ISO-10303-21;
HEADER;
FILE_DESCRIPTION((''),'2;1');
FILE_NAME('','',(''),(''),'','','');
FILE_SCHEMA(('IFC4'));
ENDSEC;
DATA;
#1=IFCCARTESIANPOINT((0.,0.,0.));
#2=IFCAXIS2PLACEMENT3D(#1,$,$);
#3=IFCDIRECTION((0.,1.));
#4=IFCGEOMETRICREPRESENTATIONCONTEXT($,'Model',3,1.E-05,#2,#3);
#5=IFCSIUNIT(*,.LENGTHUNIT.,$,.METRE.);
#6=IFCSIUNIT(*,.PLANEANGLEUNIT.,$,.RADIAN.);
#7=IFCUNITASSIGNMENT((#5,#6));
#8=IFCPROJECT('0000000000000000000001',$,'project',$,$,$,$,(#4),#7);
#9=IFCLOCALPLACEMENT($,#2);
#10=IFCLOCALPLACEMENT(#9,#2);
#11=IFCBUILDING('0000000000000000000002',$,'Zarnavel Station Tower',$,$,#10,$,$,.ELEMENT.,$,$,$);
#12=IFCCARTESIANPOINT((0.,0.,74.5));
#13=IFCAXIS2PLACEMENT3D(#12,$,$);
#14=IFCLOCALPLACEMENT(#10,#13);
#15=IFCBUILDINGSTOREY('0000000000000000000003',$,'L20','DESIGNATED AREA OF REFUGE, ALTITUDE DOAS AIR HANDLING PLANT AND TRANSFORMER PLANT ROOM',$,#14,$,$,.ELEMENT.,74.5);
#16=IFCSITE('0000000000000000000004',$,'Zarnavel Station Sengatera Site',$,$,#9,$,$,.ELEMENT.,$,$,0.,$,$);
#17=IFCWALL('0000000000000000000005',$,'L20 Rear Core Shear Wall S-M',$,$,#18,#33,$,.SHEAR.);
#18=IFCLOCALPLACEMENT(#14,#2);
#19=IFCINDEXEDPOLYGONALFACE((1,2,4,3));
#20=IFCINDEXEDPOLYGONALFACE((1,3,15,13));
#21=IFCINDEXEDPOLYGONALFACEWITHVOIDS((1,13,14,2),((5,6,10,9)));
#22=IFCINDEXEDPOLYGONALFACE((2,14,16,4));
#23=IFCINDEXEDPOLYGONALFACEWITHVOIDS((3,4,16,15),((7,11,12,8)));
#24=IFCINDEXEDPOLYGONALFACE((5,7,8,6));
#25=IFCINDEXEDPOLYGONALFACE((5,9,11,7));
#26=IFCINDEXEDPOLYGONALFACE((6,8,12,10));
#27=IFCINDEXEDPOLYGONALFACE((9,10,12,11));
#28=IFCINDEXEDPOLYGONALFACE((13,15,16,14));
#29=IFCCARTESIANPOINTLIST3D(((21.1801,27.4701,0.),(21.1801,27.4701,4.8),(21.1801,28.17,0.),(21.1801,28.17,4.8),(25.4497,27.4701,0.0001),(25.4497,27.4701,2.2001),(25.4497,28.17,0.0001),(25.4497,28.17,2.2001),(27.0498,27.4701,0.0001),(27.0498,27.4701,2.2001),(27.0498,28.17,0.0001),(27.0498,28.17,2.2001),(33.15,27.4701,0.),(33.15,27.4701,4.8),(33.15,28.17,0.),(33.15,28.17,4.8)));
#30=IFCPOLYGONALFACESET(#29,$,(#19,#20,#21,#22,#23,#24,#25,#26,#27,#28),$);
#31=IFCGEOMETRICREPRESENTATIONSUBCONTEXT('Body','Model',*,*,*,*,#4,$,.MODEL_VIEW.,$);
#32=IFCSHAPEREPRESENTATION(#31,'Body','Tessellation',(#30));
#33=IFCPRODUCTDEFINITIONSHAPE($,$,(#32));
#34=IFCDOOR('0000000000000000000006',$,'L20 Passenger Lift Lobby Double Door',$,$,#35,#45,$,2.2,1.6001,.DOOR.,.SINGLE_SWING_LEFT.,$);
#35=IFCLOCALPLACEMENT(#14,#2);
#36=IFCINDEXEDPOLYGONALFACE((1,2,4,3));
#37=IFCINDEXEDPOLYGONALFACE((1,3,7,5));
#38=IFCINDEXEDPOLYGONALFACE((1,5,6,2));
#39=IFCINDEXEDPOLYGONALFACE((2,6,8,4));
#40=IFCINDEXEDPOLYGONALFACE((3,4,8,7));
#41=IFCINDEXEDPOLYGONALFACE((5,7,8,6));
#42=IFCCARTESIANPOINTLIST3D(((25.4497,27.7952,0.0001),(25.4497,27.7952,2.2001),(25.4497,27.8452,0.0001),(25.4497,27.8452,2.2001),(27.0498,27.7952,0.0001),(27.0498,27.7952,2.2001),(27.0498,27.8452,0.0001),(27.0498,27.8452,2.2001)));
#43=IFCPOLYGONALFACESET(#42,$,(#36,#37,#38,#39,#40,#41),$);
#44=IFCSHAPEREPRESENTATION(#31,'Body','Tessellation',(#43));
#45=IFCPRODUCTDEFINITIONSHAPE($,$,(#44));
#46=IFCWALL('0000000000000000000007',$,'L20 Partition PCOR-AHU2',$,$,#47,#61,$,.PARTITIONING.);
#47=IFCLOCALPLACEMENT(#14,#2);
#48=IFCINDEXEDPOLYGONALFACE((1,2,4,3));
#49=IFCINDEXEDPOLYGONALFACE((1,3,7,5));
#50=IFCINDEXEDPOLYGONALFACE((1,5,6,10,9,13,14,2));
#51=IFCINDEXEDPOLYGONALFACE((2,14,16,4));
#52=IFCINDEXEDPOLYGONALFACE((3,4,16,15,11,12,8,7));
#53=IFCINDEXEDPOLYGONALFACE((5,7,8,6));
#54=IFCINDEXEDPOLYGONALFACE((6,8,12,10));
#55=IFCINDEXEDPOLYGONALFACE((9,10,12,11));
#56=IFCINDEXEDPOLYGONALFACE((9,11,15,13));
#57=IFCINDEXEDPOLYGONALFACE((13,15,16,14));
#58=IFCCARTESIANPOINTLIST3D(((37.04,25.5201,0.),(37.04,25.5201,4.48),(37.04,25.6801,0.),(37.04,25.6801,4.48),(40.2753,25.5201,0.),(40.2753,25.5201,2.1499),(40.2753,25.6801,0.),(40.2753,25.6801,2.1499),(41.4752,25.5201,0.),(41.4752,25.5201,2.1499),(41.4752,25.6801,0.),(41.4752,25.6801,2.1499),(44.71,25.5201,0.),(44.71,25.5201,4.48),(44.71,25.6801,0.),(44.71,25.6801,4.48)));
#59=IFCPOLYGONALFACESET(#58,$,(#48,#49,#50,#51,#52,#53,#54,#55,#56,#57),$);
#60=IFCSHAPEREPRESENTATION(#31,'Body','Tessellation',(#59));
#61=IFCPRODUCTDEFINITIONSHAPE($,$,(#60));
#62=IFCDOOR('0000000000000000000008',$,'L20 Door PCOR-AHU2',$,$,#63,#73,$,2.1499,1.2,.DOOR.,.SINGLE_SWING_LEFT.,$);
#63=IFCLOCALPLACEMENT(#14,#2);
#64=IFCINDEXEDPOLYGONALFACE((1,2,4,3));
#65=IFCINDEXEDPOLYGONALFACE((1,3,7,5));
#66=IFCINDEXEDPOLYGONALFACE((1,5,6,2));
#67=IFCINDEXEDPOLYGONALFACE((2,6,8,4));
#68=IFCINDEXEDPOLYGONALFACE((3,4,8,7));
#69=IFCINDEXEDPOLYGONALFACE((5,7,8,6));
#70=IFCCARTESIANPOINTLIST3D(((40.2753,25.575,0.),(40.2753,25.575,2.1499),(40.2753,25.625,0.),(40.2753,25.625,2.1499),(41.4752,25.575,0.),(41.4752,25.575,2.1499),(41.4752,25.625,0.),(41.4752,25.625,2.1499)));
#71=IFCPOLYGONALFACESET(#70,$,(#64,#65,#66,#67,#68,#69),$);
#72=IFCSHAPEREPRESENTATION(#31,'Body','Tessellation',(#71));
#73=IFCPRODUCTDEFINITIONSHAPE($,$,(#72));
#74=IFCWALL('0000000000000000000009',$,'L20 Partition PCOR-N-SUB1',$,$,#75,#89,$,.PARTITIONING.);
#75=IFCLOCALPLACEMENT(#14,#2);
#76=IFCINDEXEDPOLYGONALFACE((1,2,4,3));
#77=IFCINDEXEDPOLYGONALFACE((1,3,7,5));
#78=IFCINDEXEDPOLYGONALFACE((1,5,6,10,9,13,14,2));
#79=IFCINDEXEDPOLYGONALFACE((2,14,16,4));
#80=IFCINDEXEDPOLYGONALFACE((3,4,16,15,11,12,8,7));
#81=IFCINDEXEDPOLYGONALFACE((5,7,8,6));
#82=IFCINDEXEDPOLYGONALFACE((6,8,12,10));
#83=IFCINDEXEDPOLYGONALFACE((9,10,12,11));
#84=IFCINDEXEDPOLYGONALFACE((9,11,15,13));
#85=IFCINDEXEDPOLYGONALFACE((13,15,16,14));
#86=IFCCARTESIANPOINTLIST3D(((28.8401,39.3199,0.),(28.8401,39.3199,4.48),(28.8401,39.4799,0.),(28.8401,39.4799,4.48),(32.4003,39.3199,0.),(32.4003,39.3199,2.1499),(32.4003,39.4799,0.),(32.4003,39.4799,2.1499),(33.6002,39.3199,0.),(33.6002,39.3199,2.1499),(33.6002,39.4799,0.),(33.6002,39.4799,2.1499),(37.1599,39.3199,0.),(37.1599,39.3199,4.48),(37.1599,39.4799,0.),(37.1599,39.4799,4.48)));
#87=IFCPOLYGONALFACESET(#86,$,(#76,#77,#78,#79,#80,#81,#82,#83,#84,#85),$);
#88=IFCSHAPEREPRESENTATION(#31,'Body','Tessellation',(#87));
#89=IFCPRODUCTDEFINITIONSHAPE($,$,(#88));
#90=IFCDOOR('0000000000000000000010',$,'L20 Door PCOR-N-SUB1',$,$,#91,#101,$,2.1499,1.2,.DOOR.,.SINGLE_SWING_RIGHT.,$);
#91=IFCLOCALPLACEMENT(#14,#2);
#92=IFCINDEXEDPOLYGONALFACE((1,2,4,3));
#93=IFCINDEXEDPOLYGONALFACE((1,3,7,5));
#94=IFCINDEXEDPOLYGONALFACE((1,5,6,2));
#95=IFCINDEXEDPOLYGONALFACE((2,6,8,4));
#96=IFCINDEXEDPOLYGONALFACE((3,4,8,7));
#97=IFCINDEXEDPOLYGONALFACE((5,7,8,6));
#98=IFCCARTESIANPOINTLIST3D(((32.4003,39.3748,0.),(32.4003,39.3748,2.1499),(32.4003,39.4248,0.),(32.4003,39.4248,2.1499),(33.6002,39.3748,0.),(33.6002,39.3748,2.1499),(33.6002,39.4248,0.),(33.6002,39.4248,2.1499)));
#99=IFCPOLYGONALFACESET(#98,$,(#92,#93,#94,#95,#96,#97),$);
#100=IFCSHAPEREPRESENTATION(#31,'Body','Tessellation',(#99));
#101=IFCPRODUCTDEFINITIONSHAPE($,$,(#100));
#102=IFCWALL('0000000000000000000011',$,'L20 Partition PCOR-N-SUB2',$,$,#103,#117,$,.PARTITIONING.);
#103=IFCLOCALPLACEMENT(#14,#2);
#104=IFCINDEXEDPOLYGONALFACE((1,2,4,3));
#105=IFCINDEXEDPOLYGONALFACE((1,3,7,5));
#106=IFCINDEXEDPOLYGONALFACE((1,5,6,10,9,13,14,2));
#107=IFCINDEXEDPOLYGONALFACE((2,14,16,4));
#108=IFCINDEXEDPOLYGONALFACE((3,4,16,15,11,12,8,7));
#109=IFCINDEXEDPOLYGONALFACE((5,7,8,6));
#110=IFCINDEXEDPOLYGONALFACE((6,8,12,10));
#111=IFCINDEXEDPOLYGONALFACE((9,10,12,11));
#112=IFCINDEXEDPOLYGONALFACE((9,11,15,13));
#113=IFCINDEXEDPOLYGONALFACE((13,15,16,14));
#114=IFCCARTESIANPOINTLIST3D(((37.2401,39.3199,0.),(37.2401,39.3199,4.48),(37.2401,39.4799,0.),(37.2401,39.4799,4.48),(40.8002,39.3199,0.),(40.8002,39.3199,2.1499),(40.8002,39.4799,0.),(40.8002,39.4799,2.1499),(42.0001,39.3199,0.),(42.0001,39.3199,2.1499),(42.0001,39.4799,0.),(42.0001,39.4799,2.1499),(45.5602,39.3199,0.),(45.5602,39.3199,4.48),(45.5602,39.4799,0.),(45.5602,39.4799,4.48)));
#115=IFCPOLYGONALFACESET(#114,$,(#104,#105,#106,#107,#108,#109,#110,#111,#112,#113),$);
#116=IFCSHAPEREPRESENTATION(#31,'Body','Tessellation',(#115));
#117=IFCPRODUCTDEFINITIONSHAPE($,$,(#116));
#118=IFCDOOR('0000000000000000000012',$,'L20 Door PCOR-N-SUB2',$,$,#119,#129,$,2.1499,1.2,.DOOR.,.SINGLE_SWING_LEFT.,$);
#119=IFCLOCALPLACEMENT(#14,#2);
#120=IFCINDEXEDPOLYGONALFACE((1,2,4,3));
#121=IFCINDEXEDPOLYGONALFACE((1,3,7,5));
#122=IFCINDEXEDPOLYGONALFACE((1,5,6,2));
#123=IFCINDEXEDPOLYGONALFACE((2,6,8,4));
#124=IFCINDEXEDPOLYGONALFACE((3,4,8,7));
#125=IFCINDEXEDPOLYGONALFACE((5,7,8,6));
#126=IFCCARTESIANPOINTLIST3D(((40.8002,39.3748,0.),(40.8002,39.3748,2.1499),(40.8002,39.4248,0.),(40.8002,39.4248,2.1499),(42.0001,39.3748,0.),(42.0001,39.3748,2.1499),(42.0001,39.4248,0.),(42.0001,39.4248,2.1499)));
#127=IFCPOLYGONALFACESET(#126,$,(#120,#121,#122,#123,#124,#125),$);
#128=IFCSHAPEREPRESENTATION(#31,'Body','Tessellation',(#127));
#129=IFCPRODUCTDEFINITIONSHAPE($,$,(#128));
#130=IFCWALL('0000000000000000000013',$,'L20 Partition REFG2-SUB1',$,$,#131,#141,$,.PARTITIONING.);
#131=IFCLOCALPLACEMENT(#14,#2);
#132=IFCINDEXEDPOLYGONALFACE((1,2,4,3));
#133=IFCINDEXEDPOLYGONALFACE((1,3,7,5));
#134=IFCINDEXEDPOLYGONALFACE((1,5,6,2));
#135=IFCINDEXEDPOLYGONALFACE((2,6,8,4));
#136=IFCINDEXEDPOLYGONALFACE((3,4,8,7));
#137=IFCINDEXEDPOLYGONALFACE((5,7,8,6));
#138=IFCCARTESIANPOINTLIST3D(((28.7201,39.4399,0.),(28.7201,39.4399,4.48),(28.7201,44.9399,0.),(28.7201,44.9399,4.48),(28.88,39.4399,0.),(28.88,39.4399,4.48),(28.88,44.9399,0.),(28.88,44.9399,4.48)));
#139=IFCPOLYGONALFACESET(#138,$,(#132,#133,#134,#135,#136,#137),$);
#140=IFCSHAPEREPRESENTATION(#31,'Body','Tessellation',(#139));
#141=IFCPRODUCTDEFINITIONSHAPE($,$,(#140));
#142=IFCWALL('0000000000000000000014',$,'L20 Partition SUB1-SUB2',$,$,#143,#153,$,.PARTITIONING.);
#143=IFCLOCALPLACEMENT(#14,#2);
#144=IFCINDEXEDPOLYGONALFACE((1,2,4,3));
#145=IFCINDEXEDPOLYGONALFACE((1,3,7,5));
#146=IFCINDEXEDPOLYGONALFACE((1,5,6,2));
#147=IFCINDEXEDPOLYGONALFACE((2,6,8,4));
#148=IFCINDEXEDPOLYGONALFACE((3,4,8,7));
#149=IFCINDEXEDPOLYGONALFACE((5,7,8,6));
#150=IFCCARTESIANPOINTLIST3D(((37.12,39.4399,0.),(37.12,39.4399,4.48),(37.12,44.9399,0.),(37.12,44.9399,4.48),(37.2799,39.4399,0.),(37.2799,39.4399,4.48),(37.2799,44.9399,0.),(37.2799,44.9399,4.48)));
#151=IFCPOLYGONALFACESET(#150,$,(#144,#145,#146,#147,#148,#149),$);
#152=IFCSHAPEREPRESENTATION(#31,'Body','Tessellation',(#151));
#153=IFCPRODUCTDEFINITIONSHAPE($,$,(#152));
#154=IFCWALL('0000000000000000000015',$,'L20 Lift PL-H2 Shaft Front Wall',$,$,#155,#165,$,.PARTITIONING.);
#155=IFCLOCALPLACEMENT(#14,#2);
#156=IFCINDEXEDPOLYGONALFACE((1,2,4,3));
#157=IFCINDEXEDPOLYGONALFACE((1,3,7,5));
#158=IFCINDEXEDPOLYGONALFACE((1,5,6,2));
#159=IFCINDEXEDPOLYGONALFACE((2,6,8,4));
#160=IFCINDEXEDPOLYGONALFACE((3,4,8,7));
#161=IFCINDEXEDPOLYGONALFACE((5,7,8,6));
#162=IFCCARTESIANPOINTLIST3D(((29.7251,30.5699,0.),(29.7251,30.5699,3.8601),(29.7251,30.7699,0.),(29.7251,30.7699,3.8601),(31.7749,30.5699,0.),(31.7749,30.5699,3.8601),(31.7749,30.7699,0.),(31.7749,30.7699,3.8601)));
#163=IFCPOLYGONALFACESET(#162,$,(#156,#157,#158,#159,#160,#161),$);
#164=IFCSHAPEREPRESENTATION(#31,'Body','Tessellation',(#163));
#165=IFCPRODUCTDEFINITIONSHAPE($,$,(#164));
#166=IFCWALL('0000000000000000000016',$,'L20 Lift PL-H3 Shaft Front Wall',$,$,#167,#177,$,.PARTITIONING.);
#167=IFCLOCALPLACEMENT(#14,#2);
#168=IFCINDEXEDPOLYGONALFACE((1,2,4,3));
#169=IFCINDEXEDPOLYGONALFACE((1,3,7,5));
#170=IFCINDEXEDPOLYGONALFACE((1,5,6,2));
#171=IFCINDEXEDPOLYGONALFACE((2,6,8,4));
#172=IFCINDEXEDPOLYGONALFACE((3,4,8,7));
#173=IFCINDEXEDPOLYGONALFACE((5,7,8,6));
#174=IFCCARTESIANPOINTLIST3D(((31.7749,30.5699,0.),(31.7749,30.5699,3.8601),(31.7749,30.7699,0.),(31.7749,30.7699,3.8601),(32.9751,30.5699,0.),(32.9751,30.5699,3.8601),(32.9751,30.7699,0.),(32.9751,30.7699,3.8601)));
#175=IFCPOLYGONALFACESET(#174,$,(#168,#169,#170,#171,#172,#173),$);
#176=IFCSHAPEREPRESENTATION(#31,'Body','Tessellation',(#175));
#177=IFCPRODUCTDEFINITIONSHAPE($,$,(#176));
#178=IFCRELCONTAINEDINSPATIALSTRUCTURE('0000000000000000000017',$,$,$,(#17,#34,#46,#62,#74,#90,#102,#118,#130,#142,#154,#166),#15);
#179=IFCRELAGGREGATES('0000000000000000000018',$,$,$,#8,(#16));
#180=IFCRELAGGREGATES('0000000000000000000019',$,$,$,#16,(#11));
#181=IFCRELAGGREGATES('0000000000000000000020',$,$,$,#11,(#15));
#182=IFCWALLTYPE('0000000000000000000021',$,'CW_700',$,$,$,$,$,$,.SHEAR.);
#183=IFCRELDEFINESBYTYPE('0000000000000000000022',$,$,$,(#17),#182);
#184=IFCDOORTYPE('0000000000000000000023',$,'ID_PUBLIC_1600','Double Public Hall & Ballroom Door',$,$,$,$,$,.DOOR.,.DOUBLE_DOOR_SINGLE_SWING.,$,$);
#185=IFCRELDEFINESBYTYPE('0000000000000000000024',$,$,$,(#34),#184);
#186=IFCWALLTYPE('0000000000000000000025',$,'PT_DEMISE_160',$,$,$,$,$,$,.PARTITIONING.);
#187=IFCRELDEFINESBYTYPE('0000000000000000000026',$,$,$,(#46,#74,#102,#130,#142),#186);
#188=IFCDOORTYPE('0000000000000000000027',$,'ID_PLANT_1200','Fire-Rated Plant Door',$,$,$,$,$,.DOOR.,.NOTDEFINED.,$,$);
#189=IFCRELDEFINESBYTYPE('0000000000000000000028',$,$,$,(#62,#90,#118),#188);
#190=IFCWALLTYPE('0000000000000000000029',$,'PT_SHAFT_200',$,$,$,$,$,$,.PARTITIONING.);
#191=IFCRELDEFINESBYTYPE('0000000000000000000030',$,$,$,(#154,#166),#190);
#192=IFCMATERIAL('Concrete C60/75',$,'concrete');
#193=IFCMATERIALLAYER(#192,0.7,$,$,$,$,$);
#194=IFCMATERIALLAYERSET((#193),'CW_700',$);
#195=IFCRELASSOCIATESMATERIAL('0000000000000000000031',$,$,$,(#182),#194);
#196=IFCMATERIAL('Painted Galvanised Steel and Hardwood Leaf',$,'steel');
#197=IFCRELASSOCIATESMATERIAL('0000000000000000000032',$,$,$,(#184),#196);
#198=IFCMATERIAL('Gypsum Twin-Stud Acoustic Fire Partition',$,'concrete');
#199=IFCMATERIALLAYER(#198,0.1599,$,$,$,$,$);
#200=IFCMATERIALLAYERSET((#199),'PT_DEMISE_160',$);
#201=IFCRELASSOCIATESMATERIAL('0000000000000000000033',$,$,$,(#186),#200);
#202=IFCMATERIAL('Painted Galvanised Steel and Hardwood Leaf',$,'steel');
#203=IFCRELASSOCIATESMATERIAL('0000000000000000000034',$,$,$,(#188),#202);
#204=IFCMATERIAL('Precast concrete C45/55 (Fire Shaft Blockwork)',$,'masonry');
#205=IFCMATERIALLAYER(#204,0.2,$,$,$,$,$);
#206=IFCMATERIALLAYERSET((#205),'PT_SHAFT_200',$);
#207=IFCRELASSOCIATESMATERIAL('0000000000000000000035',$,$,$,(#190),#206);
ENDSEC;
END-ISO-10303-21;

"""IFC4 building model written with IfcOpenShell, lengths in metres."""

from ifc_helpers import new_model, si_unit, direction, frame, frame_2d, origin, place, context, subcontext, project, spatial, rectangle, extrude, material, layer, layer_set, type_object, element, fill, save


model = new_model("IFC4")

# Units and contexts
model_context = context("Model", 3, precision=1e-05, world=origin(), true_north=direction((0.0, 1.0)))
body_context = subcontext(model_context, "Body", "Model", "MODEL_VIEW")
ifc_project = project(units=[si_unit("LENGTHUNIT", "METRE"), si_unit("PLANEANGLEUNIT", "RADIAN")], contexts=[model_context])

# Site, building, storey
site_placement = place(None, origin())
site = spatial("IfcSite", under=ifc_project, at=site_placement, Name="Zarnavel Station Sengatera Site", CompositionType="ELEMENT", RefElevation=0.0)
building_placement = place(site_placement, origin())
building = spatial("IfcBuilding", under=site, at=building_placement, Name="Zarnavel Station Tower", CompositionType="ELEMENT")
storey_placement = place(building_placement, frame((0.0, 0.0, 74.5)))
storey = spatial("IfcBuildingStorey", under=building, at=storey_placement, Name="L20", Description="DESIGNATED AREA OF REFUGE, ALTITUDE DOAS AIR HANDLING PLANT AND TRANSFORMER PLANT ROOM", CompositionType="ELEMENT", Elevation=74.5)

# Walls, openings, doors
ifc_material_1 = material(Name="Concrete C60/75", Category="concrete")
ifc_layer_1 = layer(ifc_material_1, 0.7)
ifc_layer_set_1 = layer_set([ifc_layer_1], Name="CW_700")
wall_type_1 = type_object("IfcWallType", Name="CW_700", PredefinedType="SHEAR", material=ifc_layer_set_1)
wall_1_placement = place(storey_placement, frame((33.1499, 27.8201, 0.0), z_axis=(0.0, 0.0, 1.0), x_axis=(-1.0, 0.0, 0.0)))
wall_1 = element("IfcWall", 1, at=wall_1_placement, inside=storey, type_object=wall_type_1, Name="L20 Rear Core Shear Wall S-M", PredefinedType="SHEAR", context=body_context, shape_type="SweptSolid", body=[
    extrude(rectangle(XDim=11.97, YDim=0.7, at=frame_2d((5.9849, 0.0))), origin(), (0.0, 0.0, 1.0), 4.8),
])
opening_1_placement = place(wall_1_placement, frame((6.1001, 0.0, 0.0)))
opening_1 = element("IfcOpeningElement", 2, at=opening_1_placement, cuts=wall_1, PredefinedType="OPENING", context=body_context, shape_type="SweptSolid", body=[
    extrude(rectangle(XDim=1.6001, YDim=2.2, at=frame_2d((0.8, 1.1001))), frame((0.0, 0.3599, 0.0), z_axis=(0.0, -1.0, 0.0), x_axis=(1.0, 0.0, 0.0)), (0.0, 0.0, 1.0), 0.72),
])
ifc_material_2 = material(Name="Painted Galvanised Steel and Hardwood Leaf", Category="steel")
door_type_1 = type_object("IfcDoorType", Name="ID_PUBLIC_1600", Description="Double Public Hall & Ballroom Door", OperationType="DOUBLE_DOOR_SINGLE_SWING", PredefinedType="DOOR", material=ifc_material_2)
door_1_placement = place(opening_1_placement, origin())
door_1 = element("IfcDoor", 3, at=door_1_placement, inside=storey, type_object=door_type_1, Name="L20 Passenger Lift Lobby Double Door", OperationType="SINGLE_SWING_LEFT", OverallHeight=2.2, OverallWidth=1.6001, PredefinedType="DOOR", context=body_context, shape_type="SweptSolid", body=[
    extrude(rectangle(XDim=1.6001, YDim=2.2, at=frame_2d((0.8, 1.1001))), frame((0.0, 0.0249, 0.0), z_axis=(0.0, -1.0, 0.0), x_axis=(1.0, 0.0, 0.0)), (0.0, 0.0, 1.0), 0.05),
])
fill(opening_1, door_1)
ifc_material_3 = material(Name="Gypsum Twin-Stud Acoustic Fire Partition", Category="concrete")
ifc_layer_2 = layer(ifc_material_3, 0.1599)
ifc_layer_set_2 = layer_set([ifc_layer_2], Name="PT_DEMISE_160")
wall_type_2 = type_object("IfcWallType", Name="PT_DEMISE_160", PredefinedType="PARTITIONING", material=ifc_layer_set_2)
wall_2_placement = place(storey_placement, frame((37.04, 25.6001, 0.0), z_axis=(0.0, 0.0, 1.0), x_axis=(1.0, 0.0, 0.0)))
wall_2 = element("IfcWall", 4, at=wall_2_placement, inside=storey, type_object=wall_type_2, Name="L20 Partition PCOR-AHU2", PredefinedType="PARTITIONING", context=body_context, shape_type="SweptSolid", body=[
    extrude(rectangle(XDim=7.6699, YDim=0.1599, at=frame_2d((3.835, 0.0))), origin(), (0.0, 0.0, 1.0), 4.48),
])
opening_2_placement = place(wall_2_placement, frame((3.2351, 0.0, 0.0)))
opening_2 = element("IfcOpeningElement", 5, at=opening_2_placement, cuts=wall_2, PredefinedType="OPENING", context=body_context, shape_type="SweptSolid", body=[
    extrude(rectangle(XDim=1.2, YDim=2.1499, at=frame_2d((0.6001, 1.075))), frame((0.0, 0.0898, 0.0), z_axis=(0.0, -1.0, 0.0), x_axis=(1.0, 0.0, 0.0)), (0.0, 0.0, 1.0), 0.1799),
])
ifc_material_4 = material(Name="Painted Galvanised Steel and Hardwood Leaf", Category="steel")
door_type_2 = type_object("IfcDoorType", Name="ID_PLANT_1200", Description="Fire-Rated Plant Door", OperationType="NOTDEFINED", PredefinedType="DOOR", material=ifc_material_4)
door_2_placement = place(opening_2_placement, origin())
door_2 = element("IfcDoor", 6, at=door_2_placement, inside=storey, type_object=door_type_2, Name="L20 Door PCOR-AHU2", OperationType="SINGLE_SWING_LEFT", OverallHeight=2.1499, OverallWidth=1.2, PredefinedType="DOOR", context=body_context, shape_type="SweptSolid", body=[
    extrude(rectangle(XDim=1.2, YDim=2.1499, at=frame_2d((0.6001, 1.075))), frame((0.0, 0.0249, 0.0), z_axis=(0.0, -1.0, 0.0), x_axis=(1.0, 0.0, 0.0)), (0.0, 0.0, 1.0), 0.05),
])
fill(opening_2, door_2)
wall_3_placement = place(storey_placement, frame((28.8401, 39.3999, 0.0), z_axis=(0.0, 0.0, 1.0), x_axis=(1.0, 0.0, 0.0)))
wall_3 = element("IfcWall", 7, at=wall_3_placement, inside=storey, type_object=wall_type_2, Name="L20 Partition PCOR-N-SUB1", PredefinedType="PARTITIONING", context=body_context, shape_type="SweptSolid", body=[
    extrude(rectangle(XDim=8.3198, YDim=0.1599, at=frame_2d((4.1599, 0.0))), origin(), (0.0, 0.0, 1.0), 4.48),
])
opening_3_placement = place(wall_3_placement, frame((3.5601, 0.0, 0.0)))
opening_3 = element("IfcOpeningElement", 8, at=opening_3_placement, cuts=wall_3, PredefinedType="OPENING", context=body_context, shape_type="SweptSolid", body=[
    extrude(rectangle(XDim=1.2, YDim=2.1499, at=frame_2d((0.6001, 1.075))), frame((0.0, 0.0898, 0.0), z_axis=(0.0, -1.0, 0.0), x_axis=(1.0, 0.0, 0.0)), (0.0, 0.0, 1.0), 0.1799),
])
door_3_placement = place(opening_3_placement, origin())
door_3 = element("IfcDoor", 9, at=door_3_placement, inside=storey, type_object=door_type_2, Name="L20 Door PCOR-N-SUB1", OperationType="SINGLE_SWING_RIGHT", OverallHeight=2.1499, OverallWidth=1.2, PredefinedType="DOOR", context=body_context, shape_type="SweptSolid", body=[
    extrude(rectangle(XDim=1.2, YDim=2.1499, at=frame_2d((0.6001, 1.075))), frame((0.0, 0.0249, 0.0), z_axis=(0.0, -1.0, 0.0), x_axis=(1.0, 0.0, 0.0)), (0.0, 0.0, 1.0), 0.05),
])
fill(opening_3, door_3)
wall_4_placement = place(storey_placement, frame((37.24, 39.3999, 0.0), z_axis=(0.0, 0.0, 1.0), x_axis=(1.0, 0.0, 0.0)))
wall_4 = element("IfcWall", 10, at=wall_4_placement, inside=storey, type_object=wall_type_2, Name="L20 Partition PCOR-N-SUB2", PredefinedType="PARTITIONING", context=body_context, shape_type="SweptSolid", body=[
    extrude(rectangle(XDim=8.3201, YDim=0.1599, at=frame_2d((4.1602, 0.0))), origin(), (0.0, 0.0, 1.0), 4.48),
])
opening_4_placement = place(wall_4_placement, frame((3.5601, 0.0, 0.0)))
opening_4 = element("IfcOpeningElement", 11, at=opening_4_placement, cuts=wall_4, PredefinedType="OPENING", context=body_context, shape_type="SweptSolid", body=[
    extrude(rectangle(XDim=1.2, YDim=2.1499, at=frame_2d((0.6001, 1.075))), frame((0.0, 0.0898, 0.0), z_axis=(0.0, -1.0, 0.0), x_axis=(1.0, 0.0, 0.0)), (0.0, 0.0, 1.0), 0.1799),
])
door_4_placement = place(opening_4_placement, origin())
door_4 = element("IfcDoor", 12, at=door_4_placement, inside=storey, type_object=door_type_2, Name="L20 Door PCOR-N-SUB2", OperationType="SINGLE_SWING_LEFT", OverallHeight=2.1499, OverallWidth=1.2, PredefinedType="DOOR", context=body_context, shape_type="SweptSolid", body=[
    extrude(rectangle(XDim=1.2, YDim=2.1499, at=frame_2d((0.6001, 1.075))), frame((0.0, 0.0249, 0.0), z_axis=(0.0, -1.0, 0.0), x_axis=(1.0, 0.0, 0.0)), (0.0, 0.0, 1.0), 0.05),
])
fill(opening_4, door_4)

# Walls
for number, where, z_axis, x_axis, name in (
    (13, (28.8, 39.4399, 0.0), (0.0, 0.0, 1.0), (0.0, 1.0, 0.0), "L20 Partition REFG2-SUB1"),
    (14, (37.2, 39.4399, 0.0), (0.0, 0.0, 1.0), (0.0, 1.0, 0.0), "L20 Partition SUB1-SUB2"),
):
    element("IfcWall", number, at=place(storey_placement, frame(where, z_axis=z_axis, x_axis=x_axis)), inside=storey, type_object=wall_type_2, Name=name, PredefinedType="PARTITIONING", context=body_context, shape_type="SweptSolid", body=[
        extrude(rectangle(XDim=5.5, YDim=0.1599, at=frame_2d((2.75, 0.0))), origin(), (0.0, 0.0, 1.0), 4.48),
    ])

# Shared definitions
ifc_material_5 = material(Name="Precast concrete C45/55 (Fire Shaft Blockwork)", Category="masonry")
ifc_layer_3 = layer(ifc_material_5, 0.2)
ifc_layer_set_3 = layer_set([ifc_layer_3], Name="PT_SHAFT_200")
wall_type_3 = type_object("IfcWallType", Name="PT_SHAFT_200", PredefinedType="PARTITIONING", material=ifc_layer_set_3)

# Walls
wall_5_placement = place(storey_placement, frame((29.7251, 30.6699, 0.0), z_axis=(0.0, 0.0, 1.0), x_axis=(1.0, 0.0, 0.0)))
element("IfcWall", 15, at=wall_5_placement, inside=storey, type_object=wall_type_3, Name="L20 Lift PL-H2 Shaft Front Wall", PredefinedType="PARTITIONING", context=body_context, shape_type="SweptSolid", body=[
    extrude(rectangle(XDim=2.0498, YDim=0.2, at=frame_2d((1.0249, 0.0))), origin(), (0.0, 0.0, 1.0), 3.8601),
])
wall_6_placement = place(storey_placement, frame((31.7749, 30.6699, 0.0), z_axis=(0.0, 0.0, 1.0), x_axis=(1.0, 0.0, 0.0)))
element("IfcWall", 16, at=wall_6_placement, inside=storey, type_object=wall_type_3, Name="L20 Lift PL-H3 Shaft Front Wall", PredefinedType="PARTITIONING", context=body_context, shape_type="SweptSolid", body=[
    extrude(rectangle(XDim=1.2002, YDim=0.2, at=frame_2d((0.6001, 0.0))), origin(), (0.0, 0.0, 1.0), 3.8601),
])

save(model, "model.ifc")
